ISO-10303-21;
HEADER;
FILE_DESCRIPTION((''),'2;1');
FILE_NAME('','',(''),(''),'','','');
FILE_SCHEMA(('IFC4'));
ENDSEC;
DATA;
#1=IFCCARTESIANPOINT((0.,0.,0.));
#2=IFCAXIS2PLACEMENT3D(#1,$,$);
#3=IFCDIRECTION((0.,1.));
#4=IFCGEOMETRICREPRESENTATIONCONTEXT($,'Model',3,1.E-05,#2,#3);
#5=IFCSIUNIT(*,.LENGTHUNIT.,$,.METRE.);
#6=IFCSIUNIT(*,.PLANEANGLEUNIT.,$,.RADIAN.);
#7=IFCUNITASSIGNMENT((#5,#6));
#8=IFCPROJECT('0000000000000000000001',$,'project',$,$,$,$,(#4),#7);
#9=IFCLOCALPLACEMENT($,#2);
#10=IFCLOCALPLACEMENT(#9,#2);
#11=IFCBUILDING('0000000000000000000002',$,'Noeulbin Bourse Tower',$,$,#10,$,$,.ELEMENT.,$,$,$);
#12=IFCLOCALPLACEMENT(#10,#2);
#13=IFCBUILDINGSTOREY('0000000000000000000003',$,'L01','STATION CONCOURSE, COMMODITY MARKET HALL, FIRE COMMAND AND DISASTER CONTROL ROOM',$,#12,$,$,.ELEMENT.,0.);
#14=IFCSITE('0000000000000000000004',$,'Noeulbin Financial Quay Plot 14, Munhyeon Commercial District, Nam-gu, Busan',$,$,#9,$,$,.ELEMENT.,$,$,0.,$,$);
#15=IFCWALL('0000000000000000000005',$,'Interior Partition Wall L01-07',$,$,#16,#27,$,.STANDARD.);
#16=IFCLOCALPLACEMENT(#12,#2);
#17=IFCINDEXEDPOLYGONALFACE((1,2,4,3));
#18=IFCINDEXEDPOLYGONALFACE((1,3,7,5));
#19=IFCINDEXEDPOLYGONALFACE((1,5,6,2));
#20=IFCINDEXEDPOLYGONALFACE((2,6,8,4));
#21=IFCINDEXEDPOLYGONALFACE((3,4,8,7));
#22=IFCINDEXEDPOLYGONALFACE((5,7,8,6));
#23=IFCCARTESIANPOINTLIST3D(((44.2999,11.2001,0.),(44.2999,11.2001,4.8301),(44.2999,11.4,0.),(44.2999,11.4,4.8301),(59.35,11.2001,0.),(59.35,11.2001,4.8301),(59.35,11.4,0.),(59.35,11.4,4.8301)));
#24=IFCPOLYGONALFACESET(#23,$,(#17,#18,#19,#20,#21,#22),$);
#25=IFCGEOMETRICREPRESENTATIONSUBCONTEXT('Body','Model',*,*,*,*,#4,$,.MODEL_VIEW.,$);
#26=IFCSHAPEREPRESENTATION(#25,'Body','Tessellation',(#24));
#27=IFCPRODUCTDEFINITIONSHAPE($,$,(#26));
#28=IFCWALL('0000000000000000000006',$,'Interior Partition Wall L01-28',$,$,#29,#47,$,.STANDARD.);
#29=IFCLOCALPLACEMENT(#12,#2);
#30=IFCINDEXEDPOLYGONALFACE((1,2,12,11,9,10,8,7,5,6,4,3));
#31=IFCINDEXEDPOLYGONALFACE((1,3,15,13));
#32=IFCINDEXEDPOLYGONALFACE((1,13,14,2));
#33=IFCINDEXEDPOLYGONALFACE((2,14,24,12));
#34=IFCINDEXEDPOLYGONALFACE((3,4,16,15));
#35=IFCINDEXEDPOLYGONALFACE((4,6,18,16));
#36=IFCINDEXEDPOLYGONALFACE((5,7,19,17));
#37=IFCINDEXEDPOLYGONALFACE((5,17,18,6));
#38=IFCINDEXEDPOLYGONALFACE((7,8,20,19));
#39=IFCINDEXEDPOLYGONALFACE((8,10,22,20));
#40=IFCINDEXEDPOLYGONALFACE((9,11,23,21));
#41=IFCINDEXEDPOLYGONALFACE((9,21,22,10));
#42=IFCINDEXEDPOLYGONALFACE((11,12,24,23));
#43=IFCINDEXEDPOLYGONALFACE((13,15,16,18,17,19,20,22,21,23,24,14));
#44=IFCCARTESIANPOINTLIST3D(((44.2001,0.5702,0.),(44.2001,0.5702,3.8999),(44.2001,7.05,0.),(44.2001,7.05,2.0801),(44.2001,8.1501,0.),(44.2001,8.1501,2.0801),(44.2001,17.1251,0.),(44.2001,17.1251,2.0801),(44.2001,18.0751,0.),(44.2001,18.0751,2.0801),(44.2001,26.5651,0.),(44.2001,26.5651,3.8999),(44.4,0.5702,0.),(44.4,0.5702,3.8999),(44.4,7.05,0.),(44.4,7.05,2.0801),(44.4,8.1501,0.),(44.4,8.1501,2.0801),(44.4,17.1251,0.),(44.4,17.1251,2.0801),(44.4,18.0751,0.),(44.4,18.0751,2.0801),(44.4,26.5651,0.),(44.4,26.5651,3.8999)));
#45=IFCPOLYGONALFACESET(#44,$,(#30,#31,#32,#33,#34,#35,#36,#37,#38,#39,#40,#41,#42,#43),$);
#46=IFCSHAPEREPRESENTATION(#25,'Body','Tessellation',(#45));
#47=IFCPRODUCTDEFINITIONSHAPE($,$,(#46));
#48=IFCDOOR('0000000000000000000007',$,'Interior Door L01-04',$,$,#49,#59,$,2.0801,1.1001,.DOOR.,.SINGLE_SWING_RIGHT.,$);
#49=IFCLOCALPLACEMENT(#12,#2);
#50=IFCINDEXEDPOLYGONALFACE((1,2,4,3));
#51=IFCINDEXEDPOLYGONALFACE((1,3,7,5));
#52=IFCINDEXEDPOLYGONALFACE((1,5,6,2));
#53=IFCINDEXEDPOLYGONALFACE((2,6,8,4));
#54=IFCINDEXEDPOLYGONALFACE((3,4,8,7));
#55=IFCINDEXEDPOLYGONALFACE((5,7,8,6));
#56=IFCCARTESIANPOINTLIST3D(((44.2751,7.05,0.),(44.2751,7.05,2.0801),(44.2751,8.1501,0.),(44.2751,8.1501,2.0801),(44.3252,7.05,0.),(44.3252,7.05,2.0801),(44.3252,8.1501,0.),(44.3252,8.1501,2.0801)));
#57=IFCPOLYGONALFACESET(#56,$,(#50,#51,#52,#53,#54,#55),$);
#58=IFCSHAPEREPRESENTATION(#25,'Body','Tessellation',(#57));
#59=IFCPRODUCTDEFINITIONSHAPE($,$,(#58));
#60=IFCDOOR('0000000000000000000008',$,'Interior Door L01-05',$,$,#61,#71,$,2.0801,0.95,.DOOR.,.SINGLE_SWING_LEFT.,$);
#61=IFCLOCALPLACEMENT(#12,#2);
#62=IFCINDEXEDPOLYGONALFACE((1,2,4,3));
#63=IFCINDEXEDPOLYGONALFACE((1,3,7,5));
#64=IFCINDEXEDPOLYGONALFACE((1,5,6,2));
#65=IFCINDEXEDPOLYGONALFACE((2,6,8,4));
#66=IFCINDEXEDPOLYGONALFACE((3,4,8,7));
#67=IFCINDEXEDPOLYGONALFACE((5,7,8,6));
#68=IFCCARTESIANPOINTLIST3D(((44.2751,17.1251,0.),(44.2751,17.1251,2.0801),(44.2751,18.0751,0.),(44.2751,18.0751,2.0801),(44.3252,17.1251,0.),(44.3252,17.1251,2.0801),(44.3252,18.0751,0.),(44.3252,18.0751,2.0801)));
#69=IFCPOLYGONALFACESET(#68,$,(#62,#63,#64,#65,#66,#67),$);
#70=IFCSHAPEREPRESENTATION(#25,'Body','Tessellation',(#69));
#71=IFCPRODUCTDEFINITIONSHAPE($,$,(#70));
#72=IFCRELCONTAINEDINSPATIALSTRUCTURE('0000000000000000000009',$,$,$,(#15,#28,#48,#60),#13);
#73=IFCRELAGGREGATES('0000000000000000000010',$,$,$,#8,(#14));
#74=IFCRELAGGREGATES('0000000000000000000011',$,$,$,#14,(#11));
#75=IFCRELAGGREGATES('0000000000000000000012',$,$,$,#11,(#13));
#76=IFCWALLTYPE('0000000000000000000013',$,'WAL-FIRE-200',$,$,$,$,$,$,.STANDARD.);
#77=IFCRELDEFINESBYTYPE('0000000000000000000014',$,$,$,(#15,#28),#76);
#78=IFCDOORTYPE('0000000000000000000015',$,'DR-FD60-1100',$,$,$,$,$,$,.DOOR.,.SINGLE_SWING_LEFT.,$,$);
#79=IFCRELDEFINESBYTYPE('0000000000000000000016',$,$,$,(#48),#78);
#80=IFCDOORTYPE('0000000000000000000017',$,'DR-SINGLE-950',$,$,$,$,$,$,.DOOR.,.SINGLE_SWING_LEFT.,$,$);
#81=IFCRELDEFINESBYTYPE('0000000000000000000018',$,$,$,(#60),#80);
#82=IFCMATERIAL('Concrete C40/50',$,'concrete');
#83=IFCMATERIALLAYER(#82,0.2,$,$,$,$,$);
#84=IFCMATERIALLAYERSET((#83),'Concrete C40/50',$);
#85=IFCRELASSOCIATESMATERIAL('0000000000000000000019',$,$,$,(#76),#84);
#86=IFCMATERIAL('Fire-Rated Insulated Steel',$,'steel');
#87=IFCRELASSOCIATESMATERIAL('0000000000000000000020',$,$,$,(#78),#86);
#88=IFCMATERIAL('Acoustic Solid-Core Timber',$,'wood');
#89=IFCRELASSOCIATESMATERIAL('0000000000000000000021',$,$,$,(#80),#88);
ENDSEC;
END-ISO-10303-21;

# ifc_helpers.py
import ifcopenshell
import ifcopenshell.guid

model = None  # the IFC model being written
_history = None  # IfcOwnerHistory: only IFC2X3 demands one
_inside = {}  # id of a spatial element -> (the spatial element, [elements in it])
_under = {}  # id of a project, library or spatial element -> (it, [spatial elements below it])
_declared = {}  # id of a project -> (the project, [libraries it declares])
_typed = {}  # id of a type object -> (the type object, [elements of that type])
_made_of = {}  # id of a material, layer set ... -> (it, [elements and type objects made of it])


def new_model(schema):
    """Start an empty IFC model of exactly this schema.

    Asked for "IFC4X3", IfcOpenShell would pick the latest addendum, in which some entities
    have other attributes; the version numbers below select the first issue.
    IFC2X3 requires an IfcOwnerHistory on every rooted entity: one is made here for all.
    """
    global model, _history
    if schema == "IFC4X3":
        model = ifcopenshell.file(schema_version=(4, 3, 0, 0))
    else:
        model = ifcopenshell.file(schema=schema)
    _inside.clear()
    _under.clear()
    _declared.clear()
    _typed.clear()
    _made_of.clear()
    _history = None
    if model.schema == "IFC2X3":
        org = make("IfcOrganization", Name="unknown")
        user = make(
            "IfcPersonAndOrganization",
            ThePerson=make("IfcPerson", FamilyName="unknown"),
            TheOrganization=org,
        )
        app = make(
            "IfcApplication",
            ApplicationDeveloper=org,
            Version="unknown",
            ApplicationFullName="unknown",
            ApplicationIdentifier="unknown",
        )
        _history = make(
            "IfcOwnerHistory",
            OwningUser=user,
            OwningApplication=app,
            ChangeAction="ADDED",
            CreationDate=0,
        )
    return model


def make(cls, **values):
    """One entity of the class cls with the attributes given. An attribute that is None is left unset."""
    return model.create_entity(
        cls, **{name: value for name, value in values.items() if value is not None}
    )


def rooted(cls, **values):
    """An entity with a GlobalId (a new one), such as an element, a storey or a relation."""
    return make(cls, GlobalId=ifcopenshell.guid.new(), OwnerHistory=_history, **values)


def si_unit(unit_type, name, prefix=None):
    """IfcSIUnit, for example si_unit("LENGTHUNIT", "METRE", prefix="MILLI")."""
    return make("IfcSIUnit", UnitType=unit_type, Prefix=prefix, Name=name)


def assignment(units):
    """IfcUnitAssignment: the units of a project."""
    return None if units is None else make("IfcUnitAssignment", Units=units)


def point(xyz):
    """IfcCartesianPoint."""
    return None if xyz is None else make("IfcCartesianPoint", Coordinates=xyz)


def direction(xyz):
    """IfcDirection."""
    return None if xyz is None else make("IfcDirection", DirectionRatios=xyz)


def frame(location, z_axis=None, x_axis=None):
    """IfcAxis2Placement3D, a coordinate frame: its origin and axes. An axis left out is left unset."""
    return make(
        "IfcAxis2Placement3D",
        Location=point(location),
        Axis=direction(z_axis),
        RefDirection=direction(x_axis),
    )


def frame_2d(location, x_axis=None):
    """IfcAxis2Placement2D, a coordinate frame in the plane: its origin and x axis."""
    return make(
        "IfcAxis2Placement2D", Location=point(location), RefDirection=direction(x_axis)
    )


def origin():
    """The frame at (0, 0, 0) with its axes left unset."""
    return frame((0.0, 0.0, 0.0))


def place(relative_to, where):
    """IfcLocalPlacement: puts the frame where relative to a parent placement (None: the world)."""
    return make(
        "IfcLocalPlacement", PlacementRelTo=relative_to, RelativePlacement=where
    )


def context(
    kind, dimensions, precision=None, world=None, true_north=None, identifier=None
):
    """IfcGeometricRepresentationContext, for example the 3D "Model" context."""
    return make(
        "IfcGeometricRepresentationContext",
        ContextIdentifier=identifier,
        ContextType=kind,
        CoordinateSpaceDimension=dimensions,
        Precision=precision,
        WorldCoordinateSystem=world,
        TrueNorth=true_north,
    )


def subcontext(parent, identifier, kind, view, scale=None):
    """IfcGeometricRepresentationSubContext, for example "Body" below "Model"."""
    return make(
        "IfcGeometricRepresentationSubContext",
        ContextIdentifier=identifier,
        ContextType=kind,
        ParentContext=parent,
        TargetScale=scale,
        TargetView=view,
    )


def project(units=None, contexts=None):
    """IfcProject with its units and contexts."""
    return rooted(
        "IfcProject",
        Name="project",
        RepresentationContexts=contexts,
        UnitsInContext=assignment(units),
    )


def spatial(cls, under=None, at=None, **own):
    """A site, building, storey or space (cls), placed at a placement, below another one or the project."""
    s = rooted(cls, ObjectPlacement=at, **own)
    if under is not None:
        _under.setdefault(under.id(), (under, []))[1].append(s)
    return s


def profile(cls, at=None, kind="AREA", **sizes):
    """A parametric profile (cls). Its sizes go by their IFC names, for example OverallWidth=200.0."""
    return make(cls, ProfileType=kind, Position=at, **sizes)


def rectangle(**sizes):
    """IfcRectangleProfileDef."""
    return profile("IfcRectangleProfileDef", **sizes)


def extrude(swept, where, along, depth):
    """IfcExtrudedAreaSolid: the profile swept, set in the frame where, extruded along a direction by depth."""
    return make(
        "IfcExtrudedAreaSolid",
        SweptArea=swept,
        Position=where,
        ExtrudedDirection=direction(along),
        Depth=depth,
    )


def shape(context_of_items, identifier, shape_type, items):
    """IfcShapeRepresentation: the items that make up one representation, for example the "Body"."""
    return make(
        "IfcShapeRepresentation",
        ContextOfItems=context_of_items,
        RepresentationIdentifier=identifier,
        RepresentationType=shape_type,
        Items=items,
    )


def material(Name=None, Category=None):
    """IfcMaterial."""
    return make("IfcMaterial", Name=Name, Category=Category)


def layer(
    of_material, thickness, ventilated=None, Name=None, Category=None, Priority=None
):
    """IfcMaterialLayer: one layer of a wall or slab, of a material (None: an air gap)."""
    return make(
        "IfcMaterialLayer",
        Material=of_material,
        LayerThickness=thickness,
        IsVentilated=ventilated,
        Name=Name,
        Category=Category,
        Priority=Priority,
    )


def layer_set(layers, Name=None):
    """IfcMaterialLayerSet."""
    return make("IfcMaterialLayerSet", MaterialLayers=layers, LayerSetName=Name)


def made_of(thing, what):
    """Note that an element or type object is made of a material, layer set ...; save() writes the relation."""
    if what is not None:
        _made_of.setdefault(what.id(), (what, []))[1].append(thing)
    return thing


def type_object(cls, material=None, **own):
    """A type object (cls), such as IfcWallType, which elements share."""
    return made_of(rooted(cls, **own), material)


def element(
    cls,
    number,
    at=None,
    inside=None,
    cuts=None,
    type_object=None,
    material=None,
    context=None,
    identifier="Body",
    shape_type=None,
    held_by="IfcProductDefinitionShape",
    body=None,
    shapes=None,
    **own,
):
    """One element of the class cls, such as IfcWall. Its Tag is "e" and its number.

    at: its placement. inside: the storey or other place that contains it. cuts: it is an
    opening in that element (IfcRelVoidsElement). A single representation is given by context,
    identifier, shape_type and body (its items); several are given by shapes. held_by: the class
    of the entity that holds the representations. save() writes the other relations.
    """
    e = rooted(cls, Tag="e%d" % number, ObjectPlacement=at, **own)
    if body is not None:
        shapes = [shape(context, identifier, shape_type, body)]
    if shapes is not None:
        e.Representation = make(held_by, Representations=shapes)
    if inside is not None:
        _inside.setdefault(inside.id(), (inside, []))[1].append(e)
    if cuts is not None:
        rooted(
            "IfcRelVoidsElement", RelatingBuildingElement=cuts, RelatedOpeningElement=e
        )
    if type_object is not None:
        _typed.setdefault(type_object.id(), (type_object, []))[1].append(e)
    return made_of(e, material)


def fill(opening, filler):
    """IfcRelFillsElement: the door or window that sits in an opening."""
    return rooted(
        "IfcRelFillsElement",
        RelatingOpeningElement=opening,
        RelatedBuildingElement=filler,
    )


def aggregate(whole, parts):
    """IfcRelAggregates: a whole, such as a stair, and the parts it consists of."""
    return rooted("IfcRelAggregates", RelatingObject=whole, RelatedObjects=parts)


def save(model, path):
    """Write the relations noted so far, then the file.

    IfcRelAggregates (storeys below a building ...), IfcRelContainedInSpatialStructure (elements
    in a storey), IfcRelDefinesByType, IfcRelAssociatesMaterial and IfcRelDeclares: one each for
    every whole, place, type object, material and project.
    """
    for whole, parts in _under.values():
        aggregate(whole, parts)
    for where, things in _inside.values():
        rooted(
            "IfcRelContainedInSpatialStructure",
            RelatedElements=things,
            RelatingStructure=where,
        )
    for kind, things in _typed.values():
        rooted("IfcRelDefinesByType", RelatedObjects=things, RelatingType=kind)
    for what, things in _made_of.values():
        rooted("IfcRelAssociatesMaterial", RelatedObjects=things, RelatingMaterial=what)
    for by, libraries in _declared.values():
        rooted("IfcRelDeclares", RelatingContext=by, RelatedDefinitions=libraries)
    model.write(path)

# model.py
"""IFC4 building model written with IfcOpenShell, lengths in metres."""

from ifc_helpers import new_model, si_unit, direction, frame, frame_2d, origin, place, context, subcontext, project, spatial, rectangle, extrude, material, layer, layer_set, type_object, element, fill, save


model = new_model("IFC4")

# Units and contexts
model_context = context("Model", 3, precision=1e-05, world=origin(), true_north=direction((0.0, 1.0)))
body_context = subcontext(model_context, "Body", "Model", "MODEL_VIEW")
ifc_project = project(units=[si_unit("LENGTHUNIT", "METRE"), si_unit("PLANEANGLEUNIT", "RADIAN")], contexts=[model_context])

# Site, building, storey
site_placement = place(None, origin())
site = spatial("IfcSite", under=ifc_project, at=site_placement, Name="Noeulbin Financial Quay Plot 14, Munhyeon Commercial District, Nam-gu, Busan", CompositionType="ELEMENT", RefElevation=0.0)
building_placement = place(site_placement, origin())
building = spatial("IfcBuilding", under=site, at=building_placement, Name="Noeulbin Bourse Tower", CompositionType="ELEMENT")
storey_placement = place(building_placement, origin())
storey = spatial("IfcBuildingStorey", under=building, at=storey_placement, Name="L01", Description="STATION CONCOURSE, COMMODITY MARKET HALL, FIRE COMMAND AND DISASTER CONTROL ROOM", CompositionType="ELEMENT", Elevation=0.0)

# Wall
ifc_material_1 = material(Name="Concrete C40/50", Category="concrete")
ifc_layer = layer(ifc_material_1, 0.2)
ifc_layer_set = layer_set([ifc_layer], Name="Concrete C40/50")
wall_type = type_object("IfcWallType", Name="WAL-FIRE-200", PredefinedType="STANDARD", material=ifc_layer_set)
wall_1_placement = place(storey_placement, frame((44.3, 11.3, 0.0), z_axis=(0.0, 0.0, 1.0), x_axis=(1.0, 0.0, 0.0)))
element("IfcWall", 1, at=wall_1_placement, inside=storey, type_object=wall_type, Name="Interior Partition Wall L01-07", PredefinedType="STANDARD", context=body_context, shape_type="SweptSolid", body=[
    extrude(rectangle(XDim=15.05, YDim=0.2, at=frame_2d((7.5249, 0.0))), origin(), (0.0, 0.0, 1.0), 4.8301),
])

# Wall, openings, doors
wall_2_placement = place(storey_placement, frame((44.3, 0.5701, 0.0), z_axis=(0.0, 0.0, 1.0), x_axis=(0.0, 1.0, 0.0)))
wall_2 = element("IfcWall", 2, at=wall_2_placement, inside=storey, type_object=wall_type, Name="Interior Partition Wall L01-28", PredefinedType="STANDARD", context=body_context, shape_type="SweptSolid", body=[
    extrude(rectangle(XDim=25.9949, YDim=0.2, at=frame_2d((12.9976, 0.0))), origin(), (0.0, 0.0, 1.0), 3.8999),
])
opening_1_placement = place(wall_2_placement, frame((6.48, 0.0, 0.0)))
opening_1 = element("IfcOpeningElement", 3, at=opening_1_placement, cuts=wall_2, PredefinedType="OPENING", context=body_context, shape_type="SweptSolid", body=[
    extrude(rectangle(XDim=1.1001, YDim=2.0801, at=frame_2d((0.55, 1.04))), frame((0.0, 0.1099, 0.0), z_axis=(0.0, -1.0, 0.0), x_axis=(1.0, 0.0, 0.0)), (0.0, 0.0, 1.0), 0.22),
])
opening_2_placement = place(wall_2_placement, frame((16.5549, 0.0, 0.0)))
opening_2 = element("IfcOpeningElement", 4, at=opening_2_placement, cuts=wall_2, PredefinedType="OPENING", context=body_context, shape_type="SweptSolid", body=[
    extrude(rectangle(XDim=0.95, YDim=2.0801, at=frame_2d((0.4751, 1.04))), frame((0.0, 0.1099, 0.0), z_axis=(0.0, -1.0, 0.0), x_axis=(1.0, 0.0, 0.0)), (0.0, 0.0, 1.0), 0.22),
])
ifc_material_2 = material(Name="Fire-Rated Insulated Steel", Category="steel")
door_type_1 = type_object("IfcDoorType", Name="DR-FD60-1100", OperationType="SINGLE_SWING_LEFT", PredefinedType="DOOR", material=ifc_material_2)
door_1_placement = place(opening_1_placement, origin())
door_1 = element("IfcDoor", 5, at=door_1_placement, inside=storey, type_object=door_type_1, Name="Interior Door L01-04", OperationType="SINGLE_SWING_RIGHT", OverallHeight=2.0801, OverallWidth=1.1001, PredefinedType="DOOR", context=body_context, shape_type="SweptSolid", body=[
    extrude(rectangle(XDim=1.1001, YDim=2.0801, at=frame_2d((0.55, 1.04))), frame((0.0, 0.0249, 0.0), z_axis=(0.0, -1.0, 0.0), x_axis=(1.0, 0.0, 0.0)), (0.0, 0.0, 1.0), 0.05),
])
fill(opening_1, door_1)
ifc_material_3 = material(Name="Acoustic Solid-Core Timber", Category="wood")
door_type_2 = type_object("IfcDoorType", Name="DR-SINGLE-950", OperationType="SINGLE_SWING_LEFT", PredefinedType="DOOR", material=ifc_material_3)
door_2_placement = place(opening_2_placement, origin())
door_2 = element("IfcDoor", 6, at=door_2_placement, inside=storey, type_object=door_type_2, Name="Interior Door L01-05", OperationType="SINGLE_SWING_LEFT", OverallHeight=2.0801, OverallWidth=0.95, PredefinedType="DOOR", context=body_context, shape_type="SweptSolid", body=[
    extrude(rectangle(XDim=0.95, YDim=2.0801, at=frame_2d((0.4751, 1.04))), frame((0.0, 0.0249, 0.0), z_axis=(0.0, -1.0, 0.0), x_axis=(1.0, 0.0, 0.0)), (0.0, 0.0, 1.0), 0.05),
])
fill(opening_2, door_2)

save(model, "model.ifc")
